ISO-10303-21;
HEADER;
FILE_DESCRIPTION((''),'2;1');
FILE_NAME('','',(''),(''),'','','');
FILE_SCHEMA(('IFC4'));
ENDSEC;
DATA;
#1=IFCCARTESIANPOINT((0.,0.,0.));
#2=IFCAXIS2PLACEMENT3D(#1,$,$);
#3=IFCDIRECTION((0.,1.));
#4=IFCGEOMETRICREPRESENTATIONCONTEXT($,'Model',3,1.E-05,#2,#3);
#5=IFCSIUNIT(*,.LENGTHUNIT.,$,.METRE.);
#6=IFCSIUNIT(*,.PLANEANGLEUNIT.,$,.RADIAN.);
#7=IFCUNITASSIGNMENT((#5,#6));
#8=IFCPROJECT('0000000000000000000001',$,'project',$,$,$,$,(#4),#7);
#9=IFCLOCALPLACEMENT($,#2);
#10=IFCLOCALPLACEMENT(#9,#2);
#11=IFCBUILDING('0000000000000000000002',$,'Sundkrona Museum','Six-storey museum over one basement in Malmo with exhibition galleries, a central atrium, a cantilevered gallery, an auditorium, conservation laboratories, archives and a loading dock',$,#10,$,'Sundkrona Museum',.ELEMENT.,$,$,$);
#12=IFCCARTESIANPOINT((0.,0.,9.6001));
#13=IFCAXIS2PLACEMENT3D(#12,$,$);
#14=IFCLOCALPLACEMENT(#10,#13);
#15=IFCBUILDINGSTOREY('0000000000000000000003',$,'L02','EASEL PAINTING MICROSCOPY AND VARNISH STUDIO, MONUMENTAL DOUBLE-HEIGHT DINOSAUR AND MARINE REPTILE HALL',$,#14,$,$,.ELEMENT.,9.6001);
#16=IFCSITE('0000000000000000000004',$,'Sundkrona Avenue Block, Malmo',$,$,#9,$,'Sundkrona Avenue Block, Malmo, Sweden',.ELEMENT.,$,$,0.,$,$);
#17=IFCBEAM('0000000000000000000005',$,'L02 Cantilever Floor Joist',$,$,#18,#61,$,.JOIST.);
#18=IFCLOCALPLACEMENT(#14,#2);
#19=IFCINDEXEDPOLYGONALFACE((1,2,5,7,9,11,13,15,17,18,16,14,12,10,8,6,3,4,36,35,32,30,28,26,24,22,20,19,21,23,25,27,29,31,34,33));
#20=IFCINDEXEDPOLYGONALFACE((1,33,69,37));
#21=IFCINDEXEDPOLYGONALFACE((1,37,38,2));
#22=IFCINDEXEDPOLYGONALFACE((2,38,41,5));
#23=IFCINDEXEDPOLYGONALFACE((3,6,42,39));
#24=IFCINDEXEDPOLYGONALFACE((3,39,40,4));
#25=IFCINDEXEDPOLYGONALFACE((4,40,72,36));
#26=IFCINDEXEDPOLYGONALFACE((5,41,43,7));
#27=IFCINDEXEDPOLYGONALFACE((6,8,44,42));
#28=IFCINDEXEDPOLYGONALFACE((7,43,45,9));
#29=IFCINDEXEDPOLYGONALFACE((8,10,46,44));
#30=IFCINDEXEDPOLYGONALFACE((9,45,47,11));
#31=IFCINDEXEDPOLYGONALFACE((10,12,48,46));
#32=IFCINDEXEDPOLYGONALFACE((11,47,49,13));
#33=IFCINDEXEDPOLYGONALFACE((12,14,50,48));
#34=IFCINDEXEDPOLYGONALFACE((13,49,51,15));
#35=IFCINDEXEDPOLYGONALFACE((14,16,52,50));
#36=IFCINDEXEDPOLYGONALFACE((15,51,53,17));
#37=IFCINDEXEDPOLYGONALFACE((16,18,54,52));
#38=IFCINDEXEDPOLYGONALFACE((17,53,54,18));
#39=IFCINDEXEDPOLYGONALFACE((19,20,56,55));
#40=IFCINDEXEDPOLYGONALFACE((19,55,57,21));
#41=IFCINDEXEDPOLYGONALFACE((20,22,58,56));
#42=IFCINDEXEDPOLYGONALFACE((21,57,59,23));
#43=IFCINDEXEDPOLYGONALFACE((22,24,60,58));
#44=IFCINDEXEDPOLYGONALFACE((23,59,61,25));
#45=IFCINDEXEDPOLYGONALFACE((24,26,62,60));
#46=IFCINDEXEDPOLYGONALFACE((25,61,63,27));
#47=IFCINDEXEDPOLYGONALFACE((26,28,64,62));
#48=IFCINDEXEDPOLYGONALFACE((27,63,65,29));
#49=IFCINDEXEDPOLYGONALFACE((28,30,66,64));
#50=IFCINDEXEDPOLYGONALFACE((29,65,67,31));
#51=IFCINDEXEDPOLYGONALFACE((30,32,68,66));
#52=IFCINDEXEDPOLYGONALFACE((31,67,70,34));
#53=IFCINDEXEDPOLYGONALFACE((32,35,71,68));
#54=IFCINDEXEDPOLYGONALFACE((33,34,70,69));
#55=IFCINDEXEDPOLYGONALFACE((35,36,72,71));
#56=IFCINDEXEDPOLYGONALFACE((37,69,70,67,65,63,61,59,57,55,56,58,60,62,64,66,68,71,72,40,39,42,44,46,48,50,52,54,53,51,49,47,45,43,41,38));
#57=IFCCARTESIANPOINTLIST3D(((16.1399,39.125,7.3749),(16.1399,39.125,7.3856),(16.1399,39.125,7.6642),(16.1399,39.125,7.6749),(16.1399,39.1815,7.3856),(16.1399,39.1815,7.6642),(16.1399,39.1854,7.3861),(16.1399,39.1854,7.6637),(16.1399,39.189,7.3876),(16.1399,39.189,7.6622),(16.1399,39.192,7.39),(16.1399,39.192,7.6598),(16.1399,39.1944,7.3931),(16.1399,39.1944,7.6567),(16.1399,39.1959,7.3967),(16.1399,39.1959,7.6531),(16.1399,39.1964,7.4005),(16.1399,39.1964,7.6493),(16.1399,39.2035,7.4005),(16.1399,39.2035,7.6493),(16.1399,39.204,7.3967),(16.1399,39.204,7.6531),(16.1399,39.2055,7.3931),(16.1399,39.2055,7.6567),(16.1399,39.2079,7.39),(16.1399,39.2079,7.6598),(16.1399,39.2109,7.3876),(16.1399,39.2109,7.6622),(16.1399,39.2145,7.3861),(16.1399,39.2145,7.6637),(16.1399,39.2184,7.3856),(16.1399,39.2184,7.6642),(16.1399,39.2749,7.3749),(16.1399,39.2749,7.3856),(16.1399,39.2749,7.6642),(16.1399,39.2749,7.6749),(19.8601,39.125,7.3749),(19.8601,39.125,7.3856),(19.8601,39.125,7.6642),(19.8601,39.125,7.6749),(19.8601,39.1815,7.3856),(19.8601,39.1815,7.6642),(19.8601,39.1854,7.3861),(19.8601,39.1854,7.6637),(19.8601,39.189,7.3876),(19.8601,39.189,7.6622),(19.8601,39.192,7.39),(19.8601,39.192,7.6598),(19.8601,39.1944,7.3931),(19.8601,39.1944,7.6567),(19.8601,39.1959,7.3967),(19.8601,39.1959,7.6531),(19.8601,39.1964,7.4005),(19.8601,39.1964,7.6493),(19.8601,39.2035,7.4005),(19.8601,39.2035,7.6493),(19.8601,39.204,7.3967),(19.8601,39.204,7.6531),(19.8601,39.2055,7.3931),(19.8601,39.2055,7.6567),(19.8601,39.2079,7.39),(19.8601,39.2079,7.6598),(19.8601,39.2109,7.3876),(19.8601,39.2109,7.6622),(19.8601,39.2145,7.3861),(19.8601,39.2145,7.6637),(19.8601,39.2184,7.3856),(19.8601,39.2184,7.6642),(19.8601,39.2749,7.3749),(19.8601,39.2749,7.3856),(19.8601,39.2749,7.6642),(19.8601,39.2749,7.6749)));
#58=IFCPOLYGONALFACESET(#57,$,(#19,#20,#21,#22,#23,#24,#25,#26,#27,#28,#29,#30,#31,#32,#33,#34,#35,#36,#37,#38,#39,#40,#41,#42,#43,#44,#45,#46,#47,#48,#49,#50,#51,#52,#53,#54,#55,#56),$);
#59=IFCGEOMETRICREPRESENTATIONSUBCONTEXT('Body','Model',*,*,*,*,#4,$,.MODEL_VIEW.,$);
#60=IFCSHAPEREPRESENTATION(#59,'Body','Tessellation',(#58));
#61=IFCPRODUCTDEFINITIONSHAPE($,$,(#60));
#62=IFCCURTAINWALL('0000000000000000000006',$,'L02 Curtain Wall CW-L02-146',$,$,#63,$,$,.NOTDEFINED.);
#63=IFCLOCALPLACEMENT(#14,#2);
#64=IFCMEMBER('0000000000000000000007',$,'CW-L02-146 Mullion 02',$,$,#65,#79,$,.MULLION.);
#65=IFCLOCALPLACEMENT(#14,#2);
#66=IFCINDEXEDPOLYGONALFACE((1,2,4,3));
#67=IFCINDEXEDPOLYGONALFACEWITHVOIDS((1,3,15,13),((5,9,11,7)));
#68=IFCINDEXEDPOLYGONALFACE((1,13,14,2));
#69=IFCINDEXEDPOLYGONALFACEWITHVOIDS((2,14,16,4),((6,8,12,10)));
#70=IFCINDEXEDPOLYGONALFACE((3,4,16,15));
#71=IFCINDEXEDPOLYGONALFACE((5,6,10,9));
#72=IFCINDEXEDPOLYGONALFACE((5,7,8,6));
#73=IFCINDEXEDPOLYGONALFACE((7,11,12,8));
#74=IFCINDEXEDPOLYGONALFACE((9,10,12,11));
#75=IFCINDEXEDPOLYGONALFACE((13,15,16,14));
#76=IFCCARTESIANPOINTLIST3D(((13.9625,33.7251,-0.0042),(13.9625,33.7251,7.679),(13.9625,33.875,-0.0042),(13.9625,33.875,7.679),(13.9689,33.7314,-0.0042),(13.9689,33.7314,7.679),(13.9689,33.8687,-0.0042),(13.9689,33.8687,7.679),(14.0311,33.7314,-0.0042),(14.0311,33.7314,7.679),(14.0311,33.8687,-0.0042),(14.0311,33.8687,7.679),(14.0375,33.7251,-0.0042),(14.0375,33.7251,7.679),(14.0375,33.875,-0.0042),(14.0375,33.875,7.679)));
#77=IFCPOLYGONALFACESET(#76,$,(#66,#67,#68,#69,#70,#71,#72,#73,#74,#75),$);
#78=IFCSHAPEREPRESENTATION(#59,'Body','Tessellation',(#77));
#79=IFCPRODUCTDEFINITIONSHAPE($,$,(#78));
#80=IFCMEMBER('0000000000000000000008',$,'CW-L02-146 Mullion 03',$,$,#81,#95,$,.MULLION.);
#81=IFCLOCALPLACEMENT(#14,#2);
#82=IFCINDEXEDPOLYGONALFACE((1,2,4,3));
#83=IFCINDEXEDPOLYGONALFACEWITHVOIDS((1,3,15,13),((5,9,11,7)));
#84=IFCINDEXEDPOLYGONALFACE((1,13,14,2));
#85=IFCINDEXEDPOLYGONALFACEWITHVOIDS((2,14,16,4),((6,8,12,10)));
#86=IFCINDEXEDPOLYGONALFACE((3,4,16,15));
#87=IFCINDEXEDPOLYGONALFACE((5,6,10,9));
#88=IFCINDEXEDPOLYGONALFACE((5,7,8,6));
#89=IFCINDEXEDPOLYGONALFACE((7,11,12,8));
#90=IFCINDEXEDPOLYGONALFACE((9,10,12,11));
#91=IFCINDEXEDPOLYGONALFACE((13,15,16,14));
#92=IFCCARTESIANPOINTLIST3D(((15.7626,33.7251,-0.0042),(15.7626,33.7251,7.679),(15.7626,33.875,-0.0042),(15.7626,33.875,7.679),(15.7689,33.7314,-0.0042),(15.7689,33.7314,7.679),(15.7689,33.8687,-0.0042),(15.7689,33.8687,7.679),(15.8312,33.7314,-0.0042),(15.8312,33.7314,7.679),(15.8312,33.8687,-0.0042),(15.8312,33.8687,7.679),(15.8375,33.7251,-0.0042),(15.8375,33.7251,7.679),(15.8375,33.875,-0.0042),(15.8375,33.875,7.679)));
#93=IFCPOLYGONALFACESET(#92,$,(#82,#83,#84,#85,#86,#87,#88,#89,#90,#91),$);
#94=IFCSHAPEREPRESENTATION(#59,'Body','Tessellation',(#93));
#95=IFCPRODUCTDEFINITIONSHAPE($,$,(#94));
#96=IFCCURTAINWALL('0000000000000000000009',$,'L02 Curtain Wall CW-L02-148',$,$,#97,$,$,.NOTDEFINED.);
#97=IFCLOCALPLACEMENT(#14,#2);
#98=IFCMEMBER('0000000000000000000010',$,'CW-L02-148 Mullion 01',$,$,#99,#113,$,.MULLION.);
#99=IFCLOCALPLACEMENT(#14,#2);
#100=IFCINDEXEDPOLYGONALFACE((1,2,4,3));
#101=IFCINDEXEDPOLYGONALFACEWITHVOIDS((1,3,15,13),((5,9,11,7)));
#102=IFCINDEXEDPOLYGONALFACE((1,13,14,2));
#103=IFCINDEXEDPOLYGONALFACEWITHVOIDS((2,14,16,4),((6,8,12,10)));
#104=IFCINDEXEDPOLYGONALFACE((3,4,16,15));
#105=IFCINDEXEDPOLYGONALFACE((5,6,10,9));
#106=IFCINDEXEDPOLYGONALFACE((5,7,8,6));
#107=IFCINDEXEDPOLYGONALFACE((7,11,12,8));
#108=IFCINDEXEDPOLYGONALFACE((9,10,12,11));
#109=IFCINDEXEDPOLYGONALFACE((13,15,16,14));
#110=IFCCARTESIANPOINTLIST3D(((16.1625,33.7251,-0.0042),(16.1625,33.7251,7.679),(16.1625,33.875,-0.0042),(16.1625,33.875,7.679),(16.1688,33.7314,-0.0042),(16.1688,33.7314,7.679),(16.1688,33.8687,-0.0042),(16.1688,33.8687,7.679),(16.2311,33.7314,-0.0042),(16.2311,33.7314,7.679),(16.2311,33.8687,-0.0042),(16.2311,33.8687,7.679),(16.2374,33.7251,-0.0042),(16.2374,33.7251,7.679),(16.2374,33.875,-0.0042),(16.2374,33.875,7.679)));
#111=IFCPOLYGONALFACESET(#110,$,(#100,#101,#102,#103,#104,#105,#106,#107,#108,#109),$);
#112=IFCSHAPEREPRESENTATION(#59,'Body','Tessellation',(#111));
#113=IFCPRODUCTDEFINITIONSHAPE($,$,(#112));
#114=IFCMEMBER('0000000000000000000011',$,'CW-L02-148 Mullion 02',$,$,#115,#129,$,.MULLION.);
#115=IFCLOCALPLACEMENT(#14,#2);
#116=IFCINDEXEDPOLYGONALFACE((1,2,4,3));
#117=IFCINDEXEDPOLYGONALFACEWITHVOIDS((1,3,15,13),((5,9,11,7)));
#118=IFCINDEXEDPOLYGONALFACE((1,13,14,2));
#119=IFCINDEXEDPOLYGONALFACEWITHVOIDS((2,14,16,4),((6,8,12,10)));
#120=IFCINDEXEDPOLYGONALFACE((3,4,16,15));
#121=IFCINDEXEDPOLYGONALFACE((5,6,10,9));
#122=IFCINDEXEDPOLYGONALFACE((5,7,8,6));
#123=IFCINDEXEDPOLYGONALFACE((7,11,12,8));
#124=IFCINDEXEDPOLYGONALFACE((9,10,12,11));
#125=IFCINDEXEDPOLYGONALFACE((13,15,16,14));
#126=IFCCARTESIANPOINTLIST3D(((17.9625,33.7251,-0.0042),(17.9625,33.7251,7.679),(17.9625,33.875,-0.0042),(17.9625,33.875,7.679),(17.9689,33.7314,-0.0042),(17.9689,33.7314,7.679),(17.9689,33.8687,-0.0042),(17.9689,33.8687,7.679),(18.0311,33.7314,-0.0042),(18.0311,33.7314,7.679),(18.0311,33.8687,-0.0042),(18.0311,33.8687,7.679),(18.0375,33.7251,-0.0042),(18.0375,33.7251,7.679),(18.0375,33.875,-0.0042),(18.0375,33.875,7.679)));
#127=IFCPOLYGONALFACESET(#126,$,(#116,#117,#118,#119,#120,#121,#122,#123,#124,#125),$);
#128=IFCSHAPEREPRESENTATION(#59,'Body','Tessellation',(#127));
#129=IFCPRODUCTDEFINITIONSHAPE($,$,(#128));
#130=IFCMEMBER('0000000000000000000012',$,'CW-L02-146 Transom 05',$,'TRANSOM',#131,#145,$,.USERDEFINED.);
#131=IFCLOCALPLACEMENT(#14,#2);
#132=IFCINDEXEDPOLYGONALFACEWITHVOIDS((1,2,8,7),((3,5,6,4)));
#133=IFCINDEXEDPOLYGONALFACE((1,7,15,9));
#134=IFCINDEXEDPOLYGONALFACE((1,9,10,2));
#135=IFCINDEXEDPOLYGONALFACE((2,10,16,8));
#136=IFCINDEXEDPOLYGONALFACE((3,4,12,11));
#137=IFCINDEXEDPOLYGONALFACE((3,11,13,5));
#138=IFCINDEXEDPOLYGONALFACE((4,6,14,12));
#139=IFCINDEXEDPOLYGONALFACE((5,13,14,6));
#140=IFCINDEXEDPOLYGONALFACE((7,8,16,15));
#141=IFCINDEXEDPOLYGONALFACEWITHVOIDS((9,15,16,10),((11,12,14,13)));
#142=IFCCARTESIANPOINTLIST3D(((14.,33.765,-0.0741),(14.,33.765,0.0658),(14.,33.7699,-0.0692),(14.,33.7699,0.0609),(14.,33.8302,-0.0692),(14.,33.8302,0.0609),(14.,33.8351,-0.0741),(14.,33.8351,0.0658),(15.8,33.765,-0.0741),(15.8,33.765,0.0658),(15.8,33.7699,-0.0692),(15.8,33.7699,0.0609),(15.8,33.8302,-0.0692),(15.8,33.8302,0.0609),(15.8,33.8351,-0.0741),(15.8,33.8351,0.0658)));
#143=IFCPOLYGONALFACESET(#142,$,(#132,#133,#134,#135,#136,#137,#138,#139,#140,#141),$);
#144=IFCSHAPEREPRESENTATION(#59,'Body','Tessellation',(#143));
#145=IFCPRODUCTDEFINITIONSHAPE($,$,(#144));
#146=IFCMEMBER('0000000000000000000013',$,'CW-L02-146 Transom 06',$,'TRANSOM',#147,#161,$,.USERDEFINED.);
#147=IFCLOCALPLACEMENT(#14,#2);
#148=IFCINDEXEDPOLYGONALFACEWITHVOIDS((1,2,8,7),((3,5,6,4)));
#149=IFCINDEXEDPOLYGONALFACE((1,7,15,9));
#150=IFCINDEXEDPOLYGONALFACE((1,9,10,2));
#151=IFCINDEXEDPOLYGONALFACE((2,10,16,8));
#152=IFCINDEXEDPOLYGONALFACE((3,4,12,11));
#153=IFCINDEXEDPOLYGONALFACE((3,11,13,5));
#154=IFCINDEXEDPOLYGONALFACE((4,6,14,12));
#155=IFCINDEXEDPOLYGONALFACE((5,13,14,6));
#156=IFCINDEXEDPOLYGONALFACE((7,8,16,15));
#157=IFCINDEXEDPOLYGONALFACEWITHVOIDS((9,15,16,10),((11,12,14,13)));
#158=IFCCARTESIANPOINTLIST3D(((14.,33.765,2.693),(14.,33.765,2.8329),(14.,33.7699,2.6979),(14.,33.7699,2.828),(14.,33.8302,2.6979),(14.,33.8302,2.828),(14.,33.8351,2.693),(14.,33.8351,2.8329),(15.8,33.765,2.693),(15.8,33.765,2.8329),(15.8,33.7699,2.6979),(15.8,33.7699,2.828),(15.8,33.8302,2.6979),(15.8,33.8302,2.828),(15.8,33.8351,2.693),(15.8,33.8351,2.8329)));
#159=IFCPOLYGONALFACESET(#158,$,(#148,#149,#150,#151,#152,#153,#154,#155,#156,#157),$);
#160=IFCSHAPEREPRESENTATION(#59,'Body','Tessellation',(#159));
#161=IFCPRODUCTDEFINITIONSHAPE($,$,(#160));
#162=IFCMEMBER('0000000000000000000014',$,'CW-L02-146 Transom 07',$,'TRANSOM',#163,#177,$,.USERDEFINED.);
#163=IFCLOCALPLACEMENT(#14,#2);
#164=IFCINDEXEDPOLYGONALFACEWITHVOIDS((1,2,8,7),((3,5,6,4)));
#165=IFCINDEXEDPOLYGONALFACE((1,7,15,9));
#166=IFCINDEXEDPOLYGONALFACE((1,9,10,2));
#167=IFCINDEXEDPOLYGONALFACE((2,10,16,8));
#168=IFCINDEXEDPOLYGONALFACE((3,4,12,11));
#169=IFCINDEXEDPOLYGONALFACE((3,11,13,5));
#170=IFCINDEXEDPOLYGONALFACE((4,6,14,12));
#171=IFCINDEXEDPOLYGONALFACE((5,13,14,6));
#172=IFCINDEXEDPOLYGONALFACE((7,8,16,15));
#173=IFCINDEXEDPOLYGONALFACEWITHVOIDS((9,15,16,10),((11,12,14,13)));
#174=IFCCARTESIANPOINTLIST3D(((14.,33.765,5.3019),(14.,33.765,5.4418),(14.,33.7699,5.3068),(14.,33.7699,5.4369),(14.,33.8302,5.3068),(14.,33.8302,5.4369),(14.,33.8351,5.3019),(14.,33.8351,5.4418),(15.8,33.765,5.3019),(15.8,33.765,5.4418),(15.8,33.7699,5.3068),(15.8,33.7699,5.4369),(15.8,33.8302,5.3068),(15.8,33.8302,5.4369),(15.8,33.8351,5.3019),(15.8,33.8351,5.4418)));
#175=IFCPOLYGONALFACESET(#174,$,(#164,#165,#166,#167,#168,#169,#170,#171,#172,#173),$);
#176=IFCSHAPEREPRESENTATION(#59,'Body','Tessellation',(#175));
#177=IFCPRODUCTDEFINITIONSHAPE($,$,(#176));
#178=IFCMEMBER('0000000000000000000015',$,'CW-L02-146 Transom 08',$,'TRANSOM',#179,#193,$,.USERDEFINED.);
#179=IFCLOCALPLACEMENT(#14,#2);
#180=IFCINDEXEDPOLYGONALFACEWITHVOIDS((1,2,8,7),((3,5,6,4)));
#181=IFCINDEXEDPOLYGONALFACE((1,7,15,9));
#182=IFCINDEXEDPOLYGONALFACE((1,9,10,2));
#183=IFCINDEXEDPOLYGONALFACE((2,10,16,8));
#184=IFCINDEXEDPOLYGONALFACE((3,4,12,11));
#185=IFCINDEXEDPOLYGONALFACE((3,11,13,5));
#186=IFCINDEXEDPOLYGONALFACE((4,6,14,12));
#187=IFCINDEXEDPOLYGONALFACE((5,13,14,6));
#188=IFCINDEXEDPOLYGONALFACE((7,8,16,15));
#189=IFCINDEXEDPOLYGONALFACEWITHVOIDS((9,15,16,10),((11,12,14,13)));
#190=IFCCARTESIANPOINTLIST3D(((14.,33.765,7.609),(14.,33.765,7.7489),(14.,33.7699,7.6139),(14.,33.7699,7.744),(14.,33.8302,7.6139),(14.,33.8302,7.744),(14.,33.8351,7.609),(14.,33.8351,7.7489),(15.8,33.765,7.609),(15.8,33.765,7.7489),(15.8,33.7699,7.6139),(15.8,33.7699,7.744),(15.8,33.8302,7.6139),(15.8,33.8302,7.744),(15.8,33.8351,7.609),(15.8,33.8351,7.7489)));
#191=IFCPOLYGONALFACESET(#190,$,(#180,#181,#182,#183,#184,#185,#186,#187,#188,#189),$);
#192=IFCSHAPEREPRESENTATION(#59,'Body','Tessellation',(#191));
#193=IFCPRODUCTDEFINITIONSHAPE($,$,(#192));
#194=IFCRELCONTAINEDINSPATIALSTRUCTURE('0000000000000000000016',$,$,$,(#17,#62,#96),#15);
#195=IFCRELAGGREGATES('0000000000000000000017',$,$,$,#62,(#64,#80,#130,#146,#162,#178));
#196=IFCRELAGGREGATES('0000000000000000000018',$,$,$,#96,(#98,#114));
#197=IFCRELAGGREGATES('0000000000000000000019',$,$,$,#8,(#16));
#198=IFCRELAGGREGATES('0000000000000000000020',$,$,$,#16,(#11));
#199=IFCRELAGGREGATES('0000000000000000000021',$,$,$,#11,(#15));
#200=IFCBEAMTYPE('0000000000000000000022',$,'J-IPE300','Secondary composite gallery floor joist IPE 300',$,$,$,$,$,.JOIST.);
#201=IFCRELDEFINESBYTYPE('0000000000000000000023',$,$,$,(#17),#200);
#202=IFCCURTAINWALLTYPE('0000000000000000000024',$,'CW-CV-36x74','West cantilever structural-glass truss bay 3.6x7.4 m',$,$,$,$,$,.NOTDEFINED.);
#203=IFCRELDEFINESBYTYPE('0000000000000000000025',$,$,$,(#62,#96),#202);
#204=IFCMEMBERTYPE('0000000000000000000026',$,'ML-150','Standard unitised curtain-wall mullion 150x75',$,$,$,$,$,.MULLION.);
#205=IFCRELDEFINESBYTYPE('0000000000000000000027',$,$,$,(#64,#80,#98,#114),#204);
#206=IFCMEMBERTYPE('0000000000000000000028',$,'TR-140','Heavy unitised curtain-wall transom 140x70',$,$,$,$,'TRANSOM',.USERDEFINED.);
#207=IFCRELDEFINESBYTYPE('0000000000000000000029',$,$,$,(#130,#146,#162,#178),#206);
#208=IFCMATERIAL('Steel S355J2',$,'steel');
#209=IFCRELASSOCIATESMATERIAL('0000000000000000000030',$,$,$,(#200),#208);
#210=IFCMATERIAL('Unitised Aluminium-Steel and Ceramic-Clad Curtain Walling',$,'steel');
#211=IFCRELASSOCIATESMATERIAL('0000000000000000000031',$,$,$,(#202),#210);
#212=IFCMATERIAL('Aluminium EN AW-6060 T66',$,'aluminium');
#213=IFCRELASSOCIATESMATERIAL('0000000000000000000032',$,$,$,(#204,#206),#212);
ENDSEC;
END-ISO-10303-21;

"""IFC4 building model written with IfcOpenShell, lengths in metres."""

from ifc_helpers import new_model, si_unit, direction, frame, origin, origin_2d, place, context, subcontext, project, spatial, hollow_rectangle, i_section, extrude, material, material_profile, profile_set, type_object, element, aggregate, save


model = new_model("IFC4")

# Units and contexts
model_context = context("Model", 3, precision=1e-05, world=origin(), true_north=direction((0.0, 1.0)))
body_context = subcontext(model_context, "Body", "Model", "MODEL_VIEW")
ifc_project = project(units=[si_unit("LENGTHUNIT", "METRE"), si_unit("PLANEANGLEUNIT", "RADIAN")], contexts=[model_context])

# Site, building, storey
site_placement = place(None, origin())
site = spatial("IfcSite", under=ifc_project, at=site_placement, Name="Sundkrona Avenue Block, Malmo", LongName="Sundkrona Avenue Block, Malmo, Sweden", CompositionType="ELEMENT", RefElevation=0.0)
building_placement = place(site_placement, origin())
building = spatial("IfcBuilding", under=site, at=building_placement, Name="Sundkrona Museum", Description="Six-storey museum over one basement in Malmo with exhibition galleries, a central atrium, a cantilevered gallery, an auditorium, conservation laboratories, archives and a loading dock", LongName="Sundkrona Museum", CompositionType="ELEMENT")
storey_placement = place(building_placement, frame((0.0, 0.0, 9.6001)))
storey = spatial("IfcBuildingStorey", under=building, at=storey_placement, Name="L02", Description="EASEL PAINTING MICROSCOPY AND VARNISH STUDIO, MONUMENTAL DOUBLE-HEIGHT DINOSAUR AND MARINE REPTILE HALL", CompositionType="ELEMENT", Elevation=9.6001)

# Beam
ifc_material_1 = material(Name="Steel S355J2", Category="steel")
ifc_material_profile_1 = material_profile(ifc_material_1, i_section(OverallWidth=0.1499, OverallDepth=0.3, WebThickness=0.0071, FlangeThickness=0.0107, FilletRadius=0.0149, at=origin_2d()), Name="IPE 300")
ifc_profile_set_1 = profile_set([ifc_material_profile_1], Name="Steel S355J2")
beam_type = type_object("IfcBeamType", Name="J-IPE300", Description="Secondary composite gallery floor joist IPE 300", PredefinedType="JOIST", material=ifc_profile_set_1)
beam_placement = place(storey_placement, frame((16.1399, 39.2, 7.5249), z_axis=(1.0, 0.0, 0.0), x_axis=(0.0, 1.0, 0.0)))
element("IfcBeam", 1, at=beam_placement, inside=storey, type_object=beam_type, Name="L02 Cantilever Floor Joist", PredefinedType="JOIST", context=body_context, shape_type="SweptSolid", body=[
    extrude(i_section(OverallWidth=0.1499, OverallDepth=0.3, WebThickness=0.0071, FlangeThickness=0.0107, FilletRadius=0.0149, at=origin_2d()), origin(), (0.0, 0.0, 1.0), 3.7202),
])

# Curtain walls, members
ifc_material_2 = material(Name="Unitised Aluminium-Steel and Ceramic-Clad Curtain Walling", Category="steel")
curtain_wall_type = type_object("IfcCurtainWallType", Name="CW-CV-36x74", Description="West cantilever structural-glass truss bay 3.6x7.4 m", PredefinedType="NOTDEFINED", material=ifc_material_2)
curtain_wall_1_placement = place(storey_placement, origin())
curtain_wall_1 = element("IfcCurtainWall", 2, at=curtain_wall_1_placement, inside=storey, type_object=curtain_wall_type, Name="L02 Curtain Wall CW-L02-146", PredefinedType="NOTDEFINED")
ifc_material_3 = material(Name="Aluminium EN AW-6060 T66", Category="aluminium")
ifc_material_profile_2 = material_profile(ifc_material_3, hollow_rectangle(XDim=0.075, YDim=0.1499, WallThickness=0.0063, at=origin_2d()), Name="RHS 150x75x6.3")
ifc_profile_set_2 = profile_set([ifc_material_profile_2], Name="Aluminium EN AW-6060 T66")
member_type_1 = type_object("IfcMemberType", Name="ML-150", Description="Standard unitised curtain-wall mullion 150x75", PredefinedType="MULLION", material=ifc_profile_set_2)
member_1_placement = place(storey_placement, frame((14.0, 33.8, -0.0042), z_axis=(0.0, 0.0, 1.0), x_axis=(1.0, 0.0, 0.0)))
member_1 = element("IfcMember", 3, at=member_1_placement, type_object=member_type_1, Name="CW-L02-146 Mullion 02", PredefinedType="MULLION", context=body_context, shape_type="SweptSolid", body=[
    extrude(hollow_rectangle(XDim=0.075, YDim=0.1499, WallThickness=0.0063, at=origin_2d()), origin(), (0.0, 0.0, 1.0), 7.6831),
])
member_2_placement = place(storey_placement, frame((15.8, 33.8, -0.0042), z_axis=(0.0, 0.0, 1.0), x_axis=(1.0, 0.0, 0.0)))
member_2 = element("IfcMember", 4, at=member_2_placement, type_object=member_type_1, Name="CW-L02-146 Mullion 03", PredefinedType="MULLION", context=body_context, shape_type="SweptSolid", body=[
    extrude(hollow_rectangle(XDim=0.075, YDim=0.1499, WallThickness=0.0063, at=origin_2d()), origin(), (0.0, 0.0, 1.0), 7.6831),
])
curtain_wall_2_placement = place(storey_placement, origin())
curtain_wall_2 = element("IfcCurtainWall", 5, at=curtain_wall_2_placement, inside=storey, type_object=curtain_wall_type, Name="L02 Curtain Wall CW-L02-148", PredefinedType="NOTDEFINED")
member_3_placement = place(storey_placement, frame((16.2, 33.8, -0.0042), z_axis=(0.0, 0.0, 1.0), x_axis=(1.0, 0.0, 0.0)))
member_3 = element("IfcMember", 6, at=member_3_placement, type_object=member_type_1, Name="CW-L02-148 Mullion 01", PredefinedType="MULLION", context=body_context, shape_type="SweptSolid", body=[
    extrude(hollow_rectangle(XDim=0.075, YDim=0.1499, WallThickness=0.0063, at=origin_2d()), origin(), (0.0, 0.0, 1.0), 7.6831),
])
member_4_placement = place(storey_placement, frame((18.0, 33.8, -0.0042), z_axis=(0.0, 0.0, 1.0), x_axis=(1.0, 0.0, 0.0)))
member_4 = element("IfcMember", 7, at=member_4_placement, type_object=member_type_1, Name="CW-L02-148 Mullion 02", PredefinedType="MULLION", context=body_context, shape_type="SweptSolid", body=[
    extrude(hollow_rectangle(XDim=0.075, YDim=0.1499, WallThickness=0.0063, at=origin_2d()), origin(), (0.0, 0.0, 1.0), 7.6831),
])

# Members
ifc_material_profile_3 = material_profile(ifc_material_3, hollow_rectangle(XDim=0.0701, YDim=0.1399, WallThickness=0.0049, at=origin_2d()), Name="RHS 140x70x5.0")
ifc_profile_set_3 = profile_set([ifc_material_profile_3], Name="Aluminium EN AW-6060 T66")
member_type_2 = type_object("IfcMemberType", Name="TR-140", Description="Heavy unitised curtain-wall transom 140x70", ElementType="TRANSOM", PredefinedType="USERDEFINED", material=ifc_profile_set_3)
member_5_placement = place(storey_placement, frame((14.0, 33.8, -0.0042), z_axis=(1.0, 0.0, 0.0), x_axis=(0.0, 1.0, 0.0)))
member_5 = element("IfcMember", 8, at=member_5_placement, type_object=member_type_2, Name="CW-L02-146 Transom 05", ObjectType="TRANSOM", PredefinedType="USERDEFINED", context=body_context, shape_type="SweptSolid", body=[
    extrude(hollow_rectangle(XDim=0.0701, YDim=0.1399, WallThickness=0.0049, at=origin_2d()), origin(), (0.0, 0.0, 1.0), 1.8),
])
member_6_placement = place(storey_placement, frame((14.0, 33.8, 2.7629), z_axis=(1.0, 0.0, 0.0), x_axis=(0.0, 1.0, 0.0)))
member_6 = element("IfcMember", 9, at=member_6_placement, type_object=member_type_2, Name="CW-L02-146 Transom 06", ObjectType="TRANSOM", PredefinedType="USERDEFINED", context=body_context, shape_type="SweptSolid", body=[
    extrude(hollow_rectangle(XDim=0.0701, YDim=0.1399, WallThickness=0.0049, at=origin_2d()), origin(), (0.0, 0.0, 1.0), 1.8),
])
member_7_placement = place(storey_placement, frame((14.0, 33.8, 5.3718), z_axis=(1.0, 0.0, 0.0), x_axis=(0.0, 1.0, 0.0)))
member_7 = element("IfcMember", 10, at=member_7_placement, type_object=member_type_2, Name="CW-L02-146 Transom 07", ObjectType="TRANSOM", PredefinedType="USERDEFINED", context=body_context, shape_type="SweptSolid", body=[
    extrude(hollow_rectangle(XDim=0.0701, YDim=0.1399, WallThickness=0.0049, at=origin_2d()), origin(), (0.0, 0.0, 1.0), 1.8),
])
member_8_placement = place(storey_placement, frame((14.0, 33.8, 7.679), z_axis=(1.0, 0.0, 0.0), x_axis=(0.0, 1.0, 0.0)))
member_8 = element("IfcMember", 11, at=member_8_placement, type_object=member_type_2, Name="CW-L02-146 Transom 08", ObjectType="TRANSOM", PredefinedType="USERDEFINED", context=body_context, shape_type="SweptSolid", body=[
    extrude(hollow_rectangle(XDim=0.0701, YDim=0.1399, WallThickness=0.0049, at=origin_2d()), origin(), (0.0, 0.0, 1.0), 1.8),
])

aggregate(curtain_wall_1, [member_1, member_2, member_5, member_6, member_7, member_8])
aggregate(curtain_wall_2, [member_3, member_4])

save(model, "model.ifc")
